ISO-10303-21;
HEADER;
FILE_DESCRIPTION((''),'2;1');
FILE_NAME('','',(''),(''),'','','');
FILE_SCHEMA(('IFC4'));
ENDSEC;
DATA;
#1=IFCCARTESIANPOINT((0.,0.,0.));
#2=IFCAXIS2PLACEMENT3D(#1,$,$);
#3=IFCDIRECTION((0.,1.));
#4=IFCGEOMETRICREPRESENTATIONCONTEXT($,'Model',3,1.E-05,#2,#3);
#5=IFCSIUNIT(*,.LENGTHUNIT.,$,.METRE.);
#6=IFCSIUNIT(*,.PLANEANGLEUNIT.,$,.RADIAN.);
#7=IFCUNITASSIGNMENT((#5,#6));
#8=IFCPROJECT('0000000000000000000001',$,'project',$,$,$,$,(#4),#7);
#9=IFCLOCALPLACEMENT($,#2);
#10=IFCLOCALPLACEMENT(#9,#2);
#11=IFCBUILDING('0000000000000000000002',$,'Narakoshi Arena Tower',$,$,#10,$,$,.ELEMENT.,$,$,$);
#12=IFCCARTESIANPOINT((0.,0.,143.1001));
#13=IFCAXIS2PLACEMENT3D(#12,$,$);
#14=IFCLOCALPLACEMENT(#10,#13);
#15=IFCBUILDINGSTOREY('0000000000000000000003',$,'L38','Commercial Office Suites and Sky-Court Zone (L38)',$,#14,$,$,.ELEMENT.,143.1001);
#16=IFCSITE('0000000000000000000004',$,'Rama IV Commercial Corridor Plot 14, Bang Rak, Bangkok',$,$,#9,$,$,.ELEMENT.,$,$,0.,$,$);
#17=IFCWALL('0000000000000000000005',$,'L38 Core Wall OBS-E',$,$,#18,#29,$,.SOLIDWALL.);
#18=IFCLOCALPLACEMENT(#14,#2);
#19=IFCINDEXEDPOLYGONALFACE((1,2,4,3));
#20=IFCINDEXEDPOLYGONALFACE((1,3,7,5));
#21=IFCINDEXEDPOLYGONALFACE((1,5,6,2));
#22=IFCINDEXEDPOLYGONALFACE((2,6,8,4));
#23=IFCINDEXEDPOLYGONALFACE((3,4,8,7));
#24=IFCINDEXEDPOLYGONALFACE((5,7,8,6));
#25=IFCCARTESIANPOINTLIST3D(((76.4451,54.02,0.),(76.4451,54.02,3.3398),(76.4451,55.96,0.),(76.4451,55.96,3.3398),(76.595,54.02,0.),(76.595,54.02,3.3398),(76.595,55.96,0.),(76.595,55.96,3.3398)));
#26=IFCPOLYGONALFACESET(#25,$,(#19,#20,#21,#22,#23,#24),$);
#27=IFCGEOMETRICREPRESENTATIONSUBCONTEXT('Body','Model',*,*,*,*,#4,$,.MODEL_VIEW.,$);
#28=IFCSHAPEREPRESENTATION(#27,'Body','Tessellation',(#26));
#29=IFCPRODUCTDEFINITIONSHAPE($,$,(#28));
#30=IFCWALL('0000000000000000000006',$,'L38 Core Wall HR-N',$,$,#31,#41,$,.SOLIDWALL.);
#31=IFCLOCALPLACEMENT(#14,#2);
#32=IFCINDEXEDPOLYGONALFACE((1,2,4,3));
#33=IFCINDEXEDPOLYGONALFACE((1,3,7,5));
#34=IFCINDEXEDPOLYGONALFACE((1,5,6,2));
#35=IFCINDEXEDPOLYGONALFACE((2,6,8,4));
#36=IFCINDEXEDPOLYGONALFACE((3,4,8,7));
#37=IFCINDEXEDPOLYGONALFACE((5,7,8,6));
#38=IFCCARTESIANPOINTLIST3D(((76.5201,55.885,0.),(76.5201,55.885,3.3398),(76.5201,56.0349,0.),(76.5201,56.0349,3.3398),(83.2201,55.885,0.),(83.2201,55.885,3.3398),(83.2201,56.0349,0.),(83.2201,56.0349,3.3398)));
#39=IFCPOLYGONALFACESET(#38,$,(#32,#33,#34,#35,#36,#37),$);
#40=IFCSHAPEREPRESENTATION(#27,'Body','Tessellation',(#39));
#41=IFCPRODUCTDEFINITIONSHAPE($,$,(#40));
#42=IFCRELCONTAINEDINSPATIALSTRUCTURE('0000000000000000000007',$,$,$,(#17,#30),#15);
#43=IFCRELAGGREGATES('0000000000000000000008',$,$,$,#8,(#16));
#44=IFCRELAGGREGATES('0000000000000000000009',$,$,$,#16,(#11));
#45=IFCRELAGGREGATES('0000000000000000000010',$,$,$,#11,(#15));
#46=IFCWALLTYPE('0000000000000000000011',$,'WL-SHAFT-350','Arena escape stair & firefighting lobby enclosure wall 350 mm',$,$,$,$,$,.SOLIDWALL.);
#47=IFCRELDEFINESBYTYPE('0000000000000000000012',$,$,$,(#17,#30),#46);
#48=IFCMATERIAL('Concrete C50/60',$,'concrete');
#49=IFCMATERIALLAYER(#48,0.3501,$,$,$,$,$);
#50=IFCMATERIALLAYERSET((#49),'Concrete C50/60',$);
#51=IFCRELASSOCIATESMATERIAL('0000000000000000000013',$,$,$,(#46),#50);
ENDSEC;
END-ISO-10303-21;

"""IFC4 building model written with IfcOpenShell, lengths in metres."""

from ifc_helpers import new_model, si_unit, direction, frame, frame_2d, origin, place, context, subcontext, project, spatial, rectangle, extrude, material, layer, layer_set, type_object, element, save


model = new_model("IFC4")

# Units and contexts
model_context = context("Model", 3, precision=1e-05, world=origin(), true_north=direction((0.0, 1.0)))
body_context = subcontext(model_context, "Body", "Model", "MODEL_VIEW")
ifc_project = project(units=[si_unit("LENGTHUNIT", "METRE"), si_unit("PLANEANGLEUNIT", "RADIAN")], contexts=[model_context])

# Site, building, storey
site_placement = place(None, origin())
site = spatial("IfcSite", under=ifc_project, at=site_placement, Name="Rama IV Commercial Corridor Plot 14, Bang Rak, Bangkok", CompositionType="ELEMENT", RefElevation=0.0)
building_placement = place(site_placement, origin())
building = spatial("IfcBuilding", under=site, at=building_placement, Name="Narakoshi Arena Tower", CompositionType="ELEMENT")
storey_placement = place(building_placement, frame((0.0, 0.0, 143.1001)))
storey = spatial("IfcBuildingStorey", under=building, at=storey_placement, Name="L38", Description="Commercial Office Suites and Sky-Court Zone (L38)", CompositionType="ELEMENT", Elevation=143.1001)

# Shared definitions
ifc_material_1 = material(Name="Concrete C50/60", Category="concrete")
ifc_layer_1 = layer(ifc_material_1, 0.3501)
ifc_layer_set_1 = layer_set([ifc_layer_1], Name="Concrete C50/60")
wall_type_1 = type_object("IfcWallType", Name="WL-SHAFT-350", Description="Arena escape stair & firefighting lobby enclosure wall 350 mm", PredefinedType="SOLIDWALL", material=ifc_layer_set_1)

# Walls
wall_1_placement = place(storey_placement, frame((76.52, 54.02, 0.0), z_axis=(0.0, 0.0, 1.0), x_axis=(0.0, 1.0, 0.0)))
element("IfcWall", 1, at=wall_1_placement, inside=storey, type_object=wall_type_1, Name="L38 Core Wall OBS-E", PredefinedType="SOLIDWALL", context=body_context, shape_type="SweptSolid", body=[
    extrude(rectangle(XDim=1.9399, YDim=0.1499, at=frame_2d((0.97, 0.0))), origin(), (0.0, 0.0, 1.0), 3.3398),
])
wall_2_placement = place(storey_placement, frame((76.52, 55.96, 0.0), z_axis=(0.0, 0.0, 1.0), x_axis=(1.0, 0.0, 0.0)))
element("IfcWall", 2, at=wall_2_placement, inside=storey, type_object=wall_type_1, Name="L38 Core Wall HR-N", PredefinedType="SOLIDWALL", context=body_context, shape_type="SweptSolid", body=[
    extrude(rectangle(XDim=6.7, YDim=0.1499, at=frame_2d((3.3501, 0.0))), origin(), (0.0, 0.0, 1.0), 3.3398),
])

save(model, "model.ifc")
